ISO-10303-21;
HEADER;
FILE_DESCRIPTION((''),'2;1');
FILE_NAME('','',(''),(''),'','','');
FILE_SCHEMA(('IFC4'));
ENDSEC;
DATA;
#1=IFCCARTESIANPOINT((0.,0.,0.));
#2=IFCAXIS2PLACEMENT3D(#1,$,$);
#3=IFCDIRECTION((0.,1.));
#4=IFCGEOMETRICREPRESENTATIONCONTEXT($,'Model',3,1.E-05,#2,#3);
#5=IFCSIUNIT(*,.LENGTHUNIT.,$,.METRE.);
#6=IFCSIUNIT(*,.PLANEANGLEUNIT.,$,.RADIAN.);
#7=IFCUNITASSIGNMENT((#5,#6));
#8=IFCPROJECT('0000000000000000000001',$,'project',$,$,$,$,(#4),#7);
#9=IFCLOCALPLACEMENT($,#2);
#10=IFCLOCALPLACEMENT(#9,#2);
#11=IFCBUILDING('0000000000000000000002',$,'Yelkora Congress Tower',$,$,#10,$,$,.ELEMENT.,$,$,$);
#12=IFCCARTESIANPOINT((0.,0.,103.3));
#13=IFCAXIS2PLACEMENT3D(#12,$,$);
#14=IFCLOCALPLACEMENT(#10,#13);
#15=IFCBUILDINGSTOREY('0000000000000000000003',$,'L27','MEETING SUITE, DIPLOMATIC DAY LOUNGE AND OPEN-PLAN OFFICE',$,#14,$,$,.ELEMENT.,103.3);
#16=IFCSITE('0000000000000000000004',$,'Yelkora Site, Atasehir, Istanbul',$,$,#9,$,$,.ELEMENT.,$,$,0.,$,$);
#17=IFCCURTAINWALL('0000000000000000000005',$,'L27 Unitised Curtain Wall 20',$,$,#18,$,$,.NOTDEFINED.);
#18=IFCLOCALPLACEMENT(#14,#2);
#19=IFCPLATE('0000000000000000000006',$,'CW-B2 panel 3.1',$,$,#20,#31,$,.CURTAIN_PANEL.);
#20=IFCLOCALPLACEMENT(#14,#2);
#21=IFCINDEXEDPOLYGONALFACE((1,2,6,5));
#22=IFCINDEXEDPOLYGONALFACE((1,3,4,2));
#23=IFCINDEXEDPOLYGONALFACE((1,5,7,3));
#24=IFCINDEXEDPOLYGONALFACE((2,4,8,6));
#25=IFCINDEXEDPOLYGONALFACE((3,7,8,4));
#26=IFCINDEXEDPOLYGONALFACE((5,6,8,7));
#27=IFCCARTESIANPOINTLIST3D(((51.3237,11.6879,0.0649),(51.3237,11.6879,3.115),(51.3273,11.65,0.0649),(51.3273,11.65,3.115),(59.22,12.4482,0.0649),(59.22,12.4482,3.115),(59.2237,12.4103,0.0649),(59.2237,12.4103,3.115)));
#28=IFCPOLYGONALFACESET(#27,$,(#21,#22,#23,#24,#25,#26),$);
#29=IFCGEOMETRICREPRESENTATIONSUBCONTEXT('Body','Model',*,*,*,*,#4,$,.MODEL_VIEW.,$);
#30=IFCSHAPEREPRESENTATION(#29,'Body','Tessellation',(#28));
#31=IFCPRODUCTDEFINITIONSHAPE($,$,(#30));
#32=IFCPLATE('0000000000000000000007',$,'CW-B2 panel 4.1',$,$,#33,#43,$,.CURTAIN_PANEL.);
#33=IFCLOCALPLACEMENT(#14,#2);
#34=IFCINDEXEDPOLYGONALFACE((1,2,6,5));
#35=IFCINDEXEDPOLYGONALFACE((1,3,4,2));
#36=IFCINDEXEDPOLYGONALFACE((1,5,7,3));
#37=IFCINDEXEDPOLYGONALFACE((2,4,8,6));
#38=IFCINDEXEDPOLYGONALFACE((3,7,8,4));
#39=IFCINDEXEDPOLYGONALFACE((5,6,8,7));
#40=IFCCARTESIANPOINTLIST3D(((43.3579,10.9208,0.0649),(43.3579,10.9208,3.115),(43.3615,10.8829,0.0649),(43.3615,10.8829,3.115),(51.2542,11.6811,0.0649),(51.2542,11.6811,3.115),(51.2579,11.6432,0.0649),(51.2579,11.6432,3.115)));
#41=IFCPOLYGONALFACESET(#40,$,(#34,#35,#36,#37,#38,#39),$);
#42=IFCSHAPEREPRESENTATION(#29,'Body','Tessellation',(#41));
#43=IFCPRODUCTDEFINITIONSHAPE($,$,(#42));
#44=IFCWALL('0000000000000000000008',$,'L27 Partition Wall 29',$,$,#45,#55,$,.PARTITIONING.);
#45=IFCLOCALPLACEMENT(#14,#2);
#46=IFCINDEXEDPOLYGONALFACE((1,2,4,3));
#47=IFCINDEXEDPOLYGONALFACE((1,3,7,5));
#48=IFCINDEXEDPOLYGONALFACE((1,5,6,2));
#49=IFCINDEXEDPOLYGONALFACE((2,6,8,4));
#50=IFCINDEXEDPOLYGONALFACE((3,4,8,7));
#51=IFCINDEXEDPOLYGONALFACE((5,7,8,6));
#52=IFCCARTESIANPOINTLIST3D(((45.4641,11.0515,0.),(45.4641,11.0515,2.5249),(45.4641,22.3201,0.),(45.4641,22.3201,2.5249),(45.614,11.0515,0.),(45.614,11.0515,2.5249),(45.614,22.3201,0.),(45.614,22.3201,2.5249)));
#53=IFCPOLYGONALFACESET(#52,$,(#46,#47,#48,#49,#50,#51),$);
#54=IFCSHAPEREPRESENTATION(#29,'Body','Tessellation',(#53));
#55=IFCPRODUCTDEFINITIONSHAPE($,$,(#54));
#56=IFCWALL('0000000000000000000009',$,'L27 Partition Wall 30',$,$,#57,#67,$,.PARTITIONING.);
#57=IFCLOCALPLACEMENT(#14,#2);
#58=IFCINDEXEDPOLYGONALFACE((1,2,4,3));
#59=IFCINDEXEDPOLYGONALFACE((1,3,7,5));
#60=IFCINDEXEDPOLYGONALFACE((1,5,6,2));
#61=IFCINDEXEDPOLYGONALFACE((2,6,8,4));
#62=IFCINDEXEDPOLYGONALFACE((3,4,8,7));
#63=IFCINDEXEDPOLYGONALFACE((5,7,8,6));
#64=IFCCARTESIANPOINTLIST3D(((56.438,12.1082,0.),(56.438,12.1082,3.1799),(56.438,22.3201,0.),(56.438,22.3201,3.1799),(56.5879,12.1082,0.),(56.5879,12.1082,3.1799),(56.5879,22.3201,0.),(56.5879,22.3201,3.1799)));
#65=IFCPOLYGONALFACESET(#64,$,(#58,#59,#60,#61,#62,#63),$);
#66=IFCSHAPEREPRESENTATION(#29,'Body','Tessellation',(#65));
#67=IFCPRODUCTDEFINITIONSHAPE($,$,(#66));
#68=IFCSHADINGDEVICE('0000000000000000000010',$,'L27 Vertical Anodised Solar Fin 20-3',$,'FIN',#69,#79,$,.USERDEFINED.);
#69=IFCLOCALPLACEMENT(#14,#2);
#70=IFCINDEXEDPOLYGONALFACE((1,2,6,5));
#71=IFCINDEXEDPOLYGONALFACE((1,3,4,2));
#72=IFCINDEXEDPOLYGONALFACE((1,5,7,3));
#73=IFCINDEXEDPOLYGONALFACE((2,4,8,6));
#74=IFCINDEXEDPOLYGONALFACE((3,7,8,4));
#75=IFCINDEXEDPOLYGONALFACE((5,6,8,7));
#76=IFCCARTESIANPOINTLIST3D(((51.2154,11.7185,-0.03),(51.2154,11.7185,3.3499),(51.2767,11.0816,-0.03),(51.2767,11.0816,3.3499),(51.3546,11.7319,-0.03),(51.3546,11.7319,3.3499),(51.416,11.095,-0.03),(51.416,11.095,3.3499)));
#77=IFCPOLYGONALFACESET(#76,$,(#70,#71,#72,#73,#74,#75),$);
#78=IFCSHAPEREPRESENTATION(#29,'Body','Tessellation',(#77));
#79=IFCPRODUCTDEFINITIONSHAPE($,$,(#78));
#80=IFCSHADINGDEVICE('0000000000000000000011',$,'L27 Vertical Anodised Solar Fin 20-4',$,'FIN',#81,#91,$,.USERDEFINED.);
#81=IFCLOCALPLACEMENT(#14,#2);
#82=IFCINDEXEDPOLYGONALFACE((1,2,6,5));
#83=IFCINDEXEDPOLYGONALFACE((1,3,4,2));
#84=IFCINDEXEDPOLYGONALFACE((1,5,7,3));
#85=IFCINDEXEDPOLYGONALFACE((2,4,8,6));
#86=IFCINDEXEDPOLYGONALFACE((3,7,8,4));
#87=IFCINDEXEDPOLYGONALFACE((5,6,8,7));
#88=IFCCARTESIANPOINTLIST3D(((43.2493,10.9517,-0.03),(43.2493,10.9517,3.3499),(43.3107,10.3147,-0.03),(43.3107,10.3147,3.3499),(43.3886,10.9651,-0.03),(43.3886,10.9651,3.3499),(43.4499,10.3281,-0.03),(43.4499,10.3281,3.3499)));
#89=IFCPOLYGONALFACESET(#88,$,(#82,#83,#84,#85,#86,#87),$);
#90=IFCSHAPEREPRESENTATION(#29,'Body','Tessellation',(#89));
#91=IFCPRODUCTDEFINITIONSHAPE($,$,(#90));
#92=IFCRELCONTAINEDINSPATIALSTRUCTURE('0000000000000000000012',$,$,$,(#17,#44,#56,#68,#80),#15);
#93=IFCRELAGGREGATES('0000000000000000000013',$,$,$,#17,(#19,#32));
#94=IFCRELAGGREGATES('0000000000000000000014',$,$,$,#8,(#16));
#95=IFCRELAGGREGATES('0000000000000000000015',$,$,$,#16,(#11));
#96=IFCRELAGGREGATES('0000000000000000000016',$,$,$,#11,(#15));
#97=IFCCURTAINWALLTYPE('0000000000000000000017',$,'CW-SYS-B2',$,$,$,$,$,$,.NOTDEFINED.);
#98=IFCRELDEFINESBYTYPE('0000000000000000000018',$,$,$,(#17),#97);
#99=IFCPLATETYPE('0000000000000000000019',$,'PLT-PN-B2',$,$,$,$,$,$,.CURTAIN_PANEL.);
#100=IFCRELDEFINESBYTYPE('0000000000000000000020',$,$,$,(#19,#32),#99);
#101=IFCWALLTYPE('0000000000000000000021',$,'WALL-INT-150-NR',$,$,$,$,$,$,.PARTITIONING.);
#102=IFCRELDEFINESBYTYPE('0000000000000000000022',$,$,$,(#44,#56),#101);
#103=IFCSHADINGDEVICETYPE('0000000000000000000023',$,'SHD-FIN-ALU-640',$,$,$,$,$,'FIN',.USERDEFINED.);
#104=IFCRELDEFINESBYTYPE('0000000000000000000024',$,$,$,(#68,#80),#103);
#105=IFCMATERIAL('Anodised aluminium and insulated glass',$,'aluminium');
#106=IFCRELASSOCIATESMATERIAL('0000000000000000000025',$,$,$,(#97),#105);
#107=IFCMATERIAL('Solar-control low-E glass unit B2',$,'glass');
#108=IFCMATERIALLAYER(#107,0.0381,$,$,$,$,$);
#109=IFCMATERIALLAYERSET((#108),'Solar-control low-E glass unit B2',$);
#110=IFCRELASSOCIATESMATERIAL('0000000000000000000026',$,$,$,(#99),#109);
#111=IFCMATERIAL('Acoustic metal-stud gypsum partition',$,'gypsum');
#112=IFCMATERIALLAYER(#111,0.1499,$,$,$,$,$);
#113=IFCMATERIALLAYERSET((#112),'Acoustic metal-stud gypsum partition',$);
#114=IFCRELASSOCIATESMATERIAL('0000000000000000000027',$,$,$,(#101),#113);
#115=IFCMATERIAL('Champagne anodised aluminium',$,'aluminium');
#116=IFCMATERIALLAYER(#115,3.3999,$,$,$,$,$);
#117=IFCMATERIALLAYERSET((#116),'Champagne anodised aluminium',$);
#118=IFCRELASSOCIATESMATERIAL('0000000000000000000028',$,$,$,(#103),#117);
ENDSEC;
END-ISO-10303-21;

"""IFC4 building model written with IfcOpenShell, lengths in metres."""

from ifc_helpers import new_model, si_unit, direction, frame, frame_2d, origin, origin_2d, place, context, subcontext, project, spatial, rectangle, extrude, material, layer, layer_set, type_object, element, aggregate, save


model = new_model("IFC4")

# Units and contexts
model_context = context("Model", 3, precision=1e-05, world=origin(), true_north=direction((0.0, 1.0)))
body_context = subcontext(model_context, "Body", "Model", "MODEL_VIEW")
ifc_project = project(units=[si_unit("LENGTHUNIT", "METRE"), si_unit("PLANEANGLEUNIT", "RADIAN")], contexts=[model_context])

# Site, building, storey
site_placement = place(None, origin())
site = spatial("IfcSite", under=ifc_project, at=site_placement, Name="Yelkora Site, Atasehir, Istanbul", CompositionType="ELEMENT", RefElevation=0.0)
building_placement = place(site_placement, origin())
building = spatial("IfcBuilding", under=site, at=building_placement, Name="Yelkora Congress Tower", CompositionType="ELEMENT")
storey_placement = place(building_placement, frame((0.0, 0.0, 103.3)))
storey = spatial("IfcBuildingStorey", under=building, at=storey_placement, Name="L27", Description="MEETING SUITE, DIPLOMATIC DAY LOUNGE AND OPEN-PLAN OFFICE", CompositionType="ELEMENT", Elevation=103.3)

# Curtain wall, plates
ifc_material_1 = material(Name="Anodised aluminium and insulated glass", Category="aluminium")
curtain_wall_type = type_object("IfcCurtainWallType", Name="CW-SYS-B2", PredefinedType="NOTDEFINED", material=ifc_material_1)
curtain_wall_placement = place(storey_placement, origin())
curtain_wall = element("IfcCurtainWall", 1, at=curtain_wall_placement, inside=storey, type_object=curtain_wall_type, Name="L27 Unitised Curtain Wall 20", PredefinedType="NOTDEFINED")
ifc_material_2 = material(Name="Solar-control low-E glass unit B2", Category="glass")
ifc_layer_1 = layer(ifc_material_2, 0.0381)
ifc_layer_set_1 = layer_set([ifc_layer_1], Name="Solar-control low-E glass unit B2")
plate_type = type_object("IfcPlateType", Name="PLT-PN-B2", PredefinedType="CURTAIN_PANEL", material=ifc_layer_set_1)
plate_1_placement = place(storey_placement, frame((55.2737, 12.0491, 0.0649), z_axis=(0.0, 0.0, 1.0), x_axis=(-0.995396, -0.095844, 0.0)))
plate_1 = element("IfcPlate", 2, at=plate_1_placement, type_object=plate_type, Name="CW-B2 panel 3.1", PredefinedType="CURTAIN_PANEL", context=body_context, shape_type="SweptSolid", body=[
    extrude(rectangle(XDim=7.9329, YDim=0.0381, at=origin_2d()), origin(), (0.0, 0.0, 1.0), 3.05),
])
plate_2_placement = place(storey_placement, frame((47.3079, 11.282, 0.0649), z_axis=(0.0, 0.0, 1.0), x_axis=(-0.995396, -0.095844, 0.0)))
plate_2 = element("IfcPlate", 3, at=plate_2_placement, type_object=plate_type, Name="CW-B2 panel 4.1", PredefinedType="CURTAIN_PANEL", context=body_context, shape_type="SweptSolid", body=[
    extrude(rectangle(XDim=7.9329, YDim=0.0381, at=origin_2d()), origin(), (0.0, 0.0, 1.0), 3.05),
])
aggregate(curtain_wall, [plate_1, plate_2])

# Walls
ifc_material_3 = material(Name="Acoustic metal-stud gypsum partition", Category="gypsum")
ifc_layer_2 = layer(ifc_material_3, 0.1499)
ifc_layer_set_2 = layer_set([ifc_layer_2], Name="Acoustic metal-stud gypsum partition")
wall_type = type_object("IfcWallType", Name="WALL-INT-150-NR", PredefinedType="PARTITIONING", material=ifc_layer_set_2)
wall_1_placement = place(storey_placement, frame((45.5391, 11.0515, 0.0), z_axis=(0.0, 0.0, 1.0), x_axis=(0.0, 1.0, 0.0)))
element("IfcWall", 4, at=wall_1_placement, inside=storey, type_object=wall_type, Name="L27 Partition Wall 29", PredefinedType="PARTITIONING", context=body_context, shape_type="SweptSolid", body=[
    extrude(rectangle(XDim=11.2686, YDim=0.1499, at=frame_2d((5.6343, 0.0))), origin(), (0.0, 0.0, 1.0), 2.5249),
])
wall_2_placement = place(storey_placement, frame((56.5129, 12.1082, 0.0), z_axis=(0.0, 0.0, 1.0), x_axis=(0.0, 1.0, 0.0)))
element("IfcWall", 5, at=wall_2_placement, inside=storey, type_object=wall_type, Name="L27 Partition Wall 30", PredefinedType="PARTITIONING", context=body_context, shape_type="SweptSolid", body=[
    extrude(rectangle(XDim=10.2119, YDim=0.1499, at=frame_2d((5.106, 0.0))), origin(), (0.0, 0.0, 1.0), 3.1799),
])

# Shading devices
ifc_material_4 = material(Name="Champagne anodised aluminium", Category="aluminium")
ifc_layer_3 = layer(ifc_material_4, 3.3999)
ifc_layer_set_3 = layer_set([ifc_layer_3], Name="Champagne anodised aluminium")
shading_device_type = type_object("IfcShadingDeviceType", Name="SHD-FIN-ALU-640", ElementType="FIN", PredefinedType="USERDEFINED", material=ifc_layer_set_3)
for number, where, z_axis, x_axis, name in (
    (6, (51.3157, 11.4067, -0.03), (0.0, 0.0, 1.0), (-0.995396, -0.095846, 0.0), "L27 Vertical Anodised Solar Fin 20-3"),
    (7, (43.3496, 10.6399, -0.03), (0.0, 0.0, 1.0), (-0.995396, -0.095846, 0.0), "L27 Vertical Anodised Solar Fin 20-4"),
):
    element("IfcShadingDevice", number, at=place(storey_placement, frame(where, z_axis=z_axis, x_axis=x_axis)), inside=storey, type_object=shading_device_type, Name=name, ObjectType="FIN", PredefinedType="USERDEFINED", context=body_context, shape_type="SweptSolid", body=[
        extrude(rectangle(XDim=0.1399, YDim=0.6399, at=origin_2d()), origin(), (0.0, 0.0, 1.0), 3.3799),
    ])

save(model, "model.ifc")
